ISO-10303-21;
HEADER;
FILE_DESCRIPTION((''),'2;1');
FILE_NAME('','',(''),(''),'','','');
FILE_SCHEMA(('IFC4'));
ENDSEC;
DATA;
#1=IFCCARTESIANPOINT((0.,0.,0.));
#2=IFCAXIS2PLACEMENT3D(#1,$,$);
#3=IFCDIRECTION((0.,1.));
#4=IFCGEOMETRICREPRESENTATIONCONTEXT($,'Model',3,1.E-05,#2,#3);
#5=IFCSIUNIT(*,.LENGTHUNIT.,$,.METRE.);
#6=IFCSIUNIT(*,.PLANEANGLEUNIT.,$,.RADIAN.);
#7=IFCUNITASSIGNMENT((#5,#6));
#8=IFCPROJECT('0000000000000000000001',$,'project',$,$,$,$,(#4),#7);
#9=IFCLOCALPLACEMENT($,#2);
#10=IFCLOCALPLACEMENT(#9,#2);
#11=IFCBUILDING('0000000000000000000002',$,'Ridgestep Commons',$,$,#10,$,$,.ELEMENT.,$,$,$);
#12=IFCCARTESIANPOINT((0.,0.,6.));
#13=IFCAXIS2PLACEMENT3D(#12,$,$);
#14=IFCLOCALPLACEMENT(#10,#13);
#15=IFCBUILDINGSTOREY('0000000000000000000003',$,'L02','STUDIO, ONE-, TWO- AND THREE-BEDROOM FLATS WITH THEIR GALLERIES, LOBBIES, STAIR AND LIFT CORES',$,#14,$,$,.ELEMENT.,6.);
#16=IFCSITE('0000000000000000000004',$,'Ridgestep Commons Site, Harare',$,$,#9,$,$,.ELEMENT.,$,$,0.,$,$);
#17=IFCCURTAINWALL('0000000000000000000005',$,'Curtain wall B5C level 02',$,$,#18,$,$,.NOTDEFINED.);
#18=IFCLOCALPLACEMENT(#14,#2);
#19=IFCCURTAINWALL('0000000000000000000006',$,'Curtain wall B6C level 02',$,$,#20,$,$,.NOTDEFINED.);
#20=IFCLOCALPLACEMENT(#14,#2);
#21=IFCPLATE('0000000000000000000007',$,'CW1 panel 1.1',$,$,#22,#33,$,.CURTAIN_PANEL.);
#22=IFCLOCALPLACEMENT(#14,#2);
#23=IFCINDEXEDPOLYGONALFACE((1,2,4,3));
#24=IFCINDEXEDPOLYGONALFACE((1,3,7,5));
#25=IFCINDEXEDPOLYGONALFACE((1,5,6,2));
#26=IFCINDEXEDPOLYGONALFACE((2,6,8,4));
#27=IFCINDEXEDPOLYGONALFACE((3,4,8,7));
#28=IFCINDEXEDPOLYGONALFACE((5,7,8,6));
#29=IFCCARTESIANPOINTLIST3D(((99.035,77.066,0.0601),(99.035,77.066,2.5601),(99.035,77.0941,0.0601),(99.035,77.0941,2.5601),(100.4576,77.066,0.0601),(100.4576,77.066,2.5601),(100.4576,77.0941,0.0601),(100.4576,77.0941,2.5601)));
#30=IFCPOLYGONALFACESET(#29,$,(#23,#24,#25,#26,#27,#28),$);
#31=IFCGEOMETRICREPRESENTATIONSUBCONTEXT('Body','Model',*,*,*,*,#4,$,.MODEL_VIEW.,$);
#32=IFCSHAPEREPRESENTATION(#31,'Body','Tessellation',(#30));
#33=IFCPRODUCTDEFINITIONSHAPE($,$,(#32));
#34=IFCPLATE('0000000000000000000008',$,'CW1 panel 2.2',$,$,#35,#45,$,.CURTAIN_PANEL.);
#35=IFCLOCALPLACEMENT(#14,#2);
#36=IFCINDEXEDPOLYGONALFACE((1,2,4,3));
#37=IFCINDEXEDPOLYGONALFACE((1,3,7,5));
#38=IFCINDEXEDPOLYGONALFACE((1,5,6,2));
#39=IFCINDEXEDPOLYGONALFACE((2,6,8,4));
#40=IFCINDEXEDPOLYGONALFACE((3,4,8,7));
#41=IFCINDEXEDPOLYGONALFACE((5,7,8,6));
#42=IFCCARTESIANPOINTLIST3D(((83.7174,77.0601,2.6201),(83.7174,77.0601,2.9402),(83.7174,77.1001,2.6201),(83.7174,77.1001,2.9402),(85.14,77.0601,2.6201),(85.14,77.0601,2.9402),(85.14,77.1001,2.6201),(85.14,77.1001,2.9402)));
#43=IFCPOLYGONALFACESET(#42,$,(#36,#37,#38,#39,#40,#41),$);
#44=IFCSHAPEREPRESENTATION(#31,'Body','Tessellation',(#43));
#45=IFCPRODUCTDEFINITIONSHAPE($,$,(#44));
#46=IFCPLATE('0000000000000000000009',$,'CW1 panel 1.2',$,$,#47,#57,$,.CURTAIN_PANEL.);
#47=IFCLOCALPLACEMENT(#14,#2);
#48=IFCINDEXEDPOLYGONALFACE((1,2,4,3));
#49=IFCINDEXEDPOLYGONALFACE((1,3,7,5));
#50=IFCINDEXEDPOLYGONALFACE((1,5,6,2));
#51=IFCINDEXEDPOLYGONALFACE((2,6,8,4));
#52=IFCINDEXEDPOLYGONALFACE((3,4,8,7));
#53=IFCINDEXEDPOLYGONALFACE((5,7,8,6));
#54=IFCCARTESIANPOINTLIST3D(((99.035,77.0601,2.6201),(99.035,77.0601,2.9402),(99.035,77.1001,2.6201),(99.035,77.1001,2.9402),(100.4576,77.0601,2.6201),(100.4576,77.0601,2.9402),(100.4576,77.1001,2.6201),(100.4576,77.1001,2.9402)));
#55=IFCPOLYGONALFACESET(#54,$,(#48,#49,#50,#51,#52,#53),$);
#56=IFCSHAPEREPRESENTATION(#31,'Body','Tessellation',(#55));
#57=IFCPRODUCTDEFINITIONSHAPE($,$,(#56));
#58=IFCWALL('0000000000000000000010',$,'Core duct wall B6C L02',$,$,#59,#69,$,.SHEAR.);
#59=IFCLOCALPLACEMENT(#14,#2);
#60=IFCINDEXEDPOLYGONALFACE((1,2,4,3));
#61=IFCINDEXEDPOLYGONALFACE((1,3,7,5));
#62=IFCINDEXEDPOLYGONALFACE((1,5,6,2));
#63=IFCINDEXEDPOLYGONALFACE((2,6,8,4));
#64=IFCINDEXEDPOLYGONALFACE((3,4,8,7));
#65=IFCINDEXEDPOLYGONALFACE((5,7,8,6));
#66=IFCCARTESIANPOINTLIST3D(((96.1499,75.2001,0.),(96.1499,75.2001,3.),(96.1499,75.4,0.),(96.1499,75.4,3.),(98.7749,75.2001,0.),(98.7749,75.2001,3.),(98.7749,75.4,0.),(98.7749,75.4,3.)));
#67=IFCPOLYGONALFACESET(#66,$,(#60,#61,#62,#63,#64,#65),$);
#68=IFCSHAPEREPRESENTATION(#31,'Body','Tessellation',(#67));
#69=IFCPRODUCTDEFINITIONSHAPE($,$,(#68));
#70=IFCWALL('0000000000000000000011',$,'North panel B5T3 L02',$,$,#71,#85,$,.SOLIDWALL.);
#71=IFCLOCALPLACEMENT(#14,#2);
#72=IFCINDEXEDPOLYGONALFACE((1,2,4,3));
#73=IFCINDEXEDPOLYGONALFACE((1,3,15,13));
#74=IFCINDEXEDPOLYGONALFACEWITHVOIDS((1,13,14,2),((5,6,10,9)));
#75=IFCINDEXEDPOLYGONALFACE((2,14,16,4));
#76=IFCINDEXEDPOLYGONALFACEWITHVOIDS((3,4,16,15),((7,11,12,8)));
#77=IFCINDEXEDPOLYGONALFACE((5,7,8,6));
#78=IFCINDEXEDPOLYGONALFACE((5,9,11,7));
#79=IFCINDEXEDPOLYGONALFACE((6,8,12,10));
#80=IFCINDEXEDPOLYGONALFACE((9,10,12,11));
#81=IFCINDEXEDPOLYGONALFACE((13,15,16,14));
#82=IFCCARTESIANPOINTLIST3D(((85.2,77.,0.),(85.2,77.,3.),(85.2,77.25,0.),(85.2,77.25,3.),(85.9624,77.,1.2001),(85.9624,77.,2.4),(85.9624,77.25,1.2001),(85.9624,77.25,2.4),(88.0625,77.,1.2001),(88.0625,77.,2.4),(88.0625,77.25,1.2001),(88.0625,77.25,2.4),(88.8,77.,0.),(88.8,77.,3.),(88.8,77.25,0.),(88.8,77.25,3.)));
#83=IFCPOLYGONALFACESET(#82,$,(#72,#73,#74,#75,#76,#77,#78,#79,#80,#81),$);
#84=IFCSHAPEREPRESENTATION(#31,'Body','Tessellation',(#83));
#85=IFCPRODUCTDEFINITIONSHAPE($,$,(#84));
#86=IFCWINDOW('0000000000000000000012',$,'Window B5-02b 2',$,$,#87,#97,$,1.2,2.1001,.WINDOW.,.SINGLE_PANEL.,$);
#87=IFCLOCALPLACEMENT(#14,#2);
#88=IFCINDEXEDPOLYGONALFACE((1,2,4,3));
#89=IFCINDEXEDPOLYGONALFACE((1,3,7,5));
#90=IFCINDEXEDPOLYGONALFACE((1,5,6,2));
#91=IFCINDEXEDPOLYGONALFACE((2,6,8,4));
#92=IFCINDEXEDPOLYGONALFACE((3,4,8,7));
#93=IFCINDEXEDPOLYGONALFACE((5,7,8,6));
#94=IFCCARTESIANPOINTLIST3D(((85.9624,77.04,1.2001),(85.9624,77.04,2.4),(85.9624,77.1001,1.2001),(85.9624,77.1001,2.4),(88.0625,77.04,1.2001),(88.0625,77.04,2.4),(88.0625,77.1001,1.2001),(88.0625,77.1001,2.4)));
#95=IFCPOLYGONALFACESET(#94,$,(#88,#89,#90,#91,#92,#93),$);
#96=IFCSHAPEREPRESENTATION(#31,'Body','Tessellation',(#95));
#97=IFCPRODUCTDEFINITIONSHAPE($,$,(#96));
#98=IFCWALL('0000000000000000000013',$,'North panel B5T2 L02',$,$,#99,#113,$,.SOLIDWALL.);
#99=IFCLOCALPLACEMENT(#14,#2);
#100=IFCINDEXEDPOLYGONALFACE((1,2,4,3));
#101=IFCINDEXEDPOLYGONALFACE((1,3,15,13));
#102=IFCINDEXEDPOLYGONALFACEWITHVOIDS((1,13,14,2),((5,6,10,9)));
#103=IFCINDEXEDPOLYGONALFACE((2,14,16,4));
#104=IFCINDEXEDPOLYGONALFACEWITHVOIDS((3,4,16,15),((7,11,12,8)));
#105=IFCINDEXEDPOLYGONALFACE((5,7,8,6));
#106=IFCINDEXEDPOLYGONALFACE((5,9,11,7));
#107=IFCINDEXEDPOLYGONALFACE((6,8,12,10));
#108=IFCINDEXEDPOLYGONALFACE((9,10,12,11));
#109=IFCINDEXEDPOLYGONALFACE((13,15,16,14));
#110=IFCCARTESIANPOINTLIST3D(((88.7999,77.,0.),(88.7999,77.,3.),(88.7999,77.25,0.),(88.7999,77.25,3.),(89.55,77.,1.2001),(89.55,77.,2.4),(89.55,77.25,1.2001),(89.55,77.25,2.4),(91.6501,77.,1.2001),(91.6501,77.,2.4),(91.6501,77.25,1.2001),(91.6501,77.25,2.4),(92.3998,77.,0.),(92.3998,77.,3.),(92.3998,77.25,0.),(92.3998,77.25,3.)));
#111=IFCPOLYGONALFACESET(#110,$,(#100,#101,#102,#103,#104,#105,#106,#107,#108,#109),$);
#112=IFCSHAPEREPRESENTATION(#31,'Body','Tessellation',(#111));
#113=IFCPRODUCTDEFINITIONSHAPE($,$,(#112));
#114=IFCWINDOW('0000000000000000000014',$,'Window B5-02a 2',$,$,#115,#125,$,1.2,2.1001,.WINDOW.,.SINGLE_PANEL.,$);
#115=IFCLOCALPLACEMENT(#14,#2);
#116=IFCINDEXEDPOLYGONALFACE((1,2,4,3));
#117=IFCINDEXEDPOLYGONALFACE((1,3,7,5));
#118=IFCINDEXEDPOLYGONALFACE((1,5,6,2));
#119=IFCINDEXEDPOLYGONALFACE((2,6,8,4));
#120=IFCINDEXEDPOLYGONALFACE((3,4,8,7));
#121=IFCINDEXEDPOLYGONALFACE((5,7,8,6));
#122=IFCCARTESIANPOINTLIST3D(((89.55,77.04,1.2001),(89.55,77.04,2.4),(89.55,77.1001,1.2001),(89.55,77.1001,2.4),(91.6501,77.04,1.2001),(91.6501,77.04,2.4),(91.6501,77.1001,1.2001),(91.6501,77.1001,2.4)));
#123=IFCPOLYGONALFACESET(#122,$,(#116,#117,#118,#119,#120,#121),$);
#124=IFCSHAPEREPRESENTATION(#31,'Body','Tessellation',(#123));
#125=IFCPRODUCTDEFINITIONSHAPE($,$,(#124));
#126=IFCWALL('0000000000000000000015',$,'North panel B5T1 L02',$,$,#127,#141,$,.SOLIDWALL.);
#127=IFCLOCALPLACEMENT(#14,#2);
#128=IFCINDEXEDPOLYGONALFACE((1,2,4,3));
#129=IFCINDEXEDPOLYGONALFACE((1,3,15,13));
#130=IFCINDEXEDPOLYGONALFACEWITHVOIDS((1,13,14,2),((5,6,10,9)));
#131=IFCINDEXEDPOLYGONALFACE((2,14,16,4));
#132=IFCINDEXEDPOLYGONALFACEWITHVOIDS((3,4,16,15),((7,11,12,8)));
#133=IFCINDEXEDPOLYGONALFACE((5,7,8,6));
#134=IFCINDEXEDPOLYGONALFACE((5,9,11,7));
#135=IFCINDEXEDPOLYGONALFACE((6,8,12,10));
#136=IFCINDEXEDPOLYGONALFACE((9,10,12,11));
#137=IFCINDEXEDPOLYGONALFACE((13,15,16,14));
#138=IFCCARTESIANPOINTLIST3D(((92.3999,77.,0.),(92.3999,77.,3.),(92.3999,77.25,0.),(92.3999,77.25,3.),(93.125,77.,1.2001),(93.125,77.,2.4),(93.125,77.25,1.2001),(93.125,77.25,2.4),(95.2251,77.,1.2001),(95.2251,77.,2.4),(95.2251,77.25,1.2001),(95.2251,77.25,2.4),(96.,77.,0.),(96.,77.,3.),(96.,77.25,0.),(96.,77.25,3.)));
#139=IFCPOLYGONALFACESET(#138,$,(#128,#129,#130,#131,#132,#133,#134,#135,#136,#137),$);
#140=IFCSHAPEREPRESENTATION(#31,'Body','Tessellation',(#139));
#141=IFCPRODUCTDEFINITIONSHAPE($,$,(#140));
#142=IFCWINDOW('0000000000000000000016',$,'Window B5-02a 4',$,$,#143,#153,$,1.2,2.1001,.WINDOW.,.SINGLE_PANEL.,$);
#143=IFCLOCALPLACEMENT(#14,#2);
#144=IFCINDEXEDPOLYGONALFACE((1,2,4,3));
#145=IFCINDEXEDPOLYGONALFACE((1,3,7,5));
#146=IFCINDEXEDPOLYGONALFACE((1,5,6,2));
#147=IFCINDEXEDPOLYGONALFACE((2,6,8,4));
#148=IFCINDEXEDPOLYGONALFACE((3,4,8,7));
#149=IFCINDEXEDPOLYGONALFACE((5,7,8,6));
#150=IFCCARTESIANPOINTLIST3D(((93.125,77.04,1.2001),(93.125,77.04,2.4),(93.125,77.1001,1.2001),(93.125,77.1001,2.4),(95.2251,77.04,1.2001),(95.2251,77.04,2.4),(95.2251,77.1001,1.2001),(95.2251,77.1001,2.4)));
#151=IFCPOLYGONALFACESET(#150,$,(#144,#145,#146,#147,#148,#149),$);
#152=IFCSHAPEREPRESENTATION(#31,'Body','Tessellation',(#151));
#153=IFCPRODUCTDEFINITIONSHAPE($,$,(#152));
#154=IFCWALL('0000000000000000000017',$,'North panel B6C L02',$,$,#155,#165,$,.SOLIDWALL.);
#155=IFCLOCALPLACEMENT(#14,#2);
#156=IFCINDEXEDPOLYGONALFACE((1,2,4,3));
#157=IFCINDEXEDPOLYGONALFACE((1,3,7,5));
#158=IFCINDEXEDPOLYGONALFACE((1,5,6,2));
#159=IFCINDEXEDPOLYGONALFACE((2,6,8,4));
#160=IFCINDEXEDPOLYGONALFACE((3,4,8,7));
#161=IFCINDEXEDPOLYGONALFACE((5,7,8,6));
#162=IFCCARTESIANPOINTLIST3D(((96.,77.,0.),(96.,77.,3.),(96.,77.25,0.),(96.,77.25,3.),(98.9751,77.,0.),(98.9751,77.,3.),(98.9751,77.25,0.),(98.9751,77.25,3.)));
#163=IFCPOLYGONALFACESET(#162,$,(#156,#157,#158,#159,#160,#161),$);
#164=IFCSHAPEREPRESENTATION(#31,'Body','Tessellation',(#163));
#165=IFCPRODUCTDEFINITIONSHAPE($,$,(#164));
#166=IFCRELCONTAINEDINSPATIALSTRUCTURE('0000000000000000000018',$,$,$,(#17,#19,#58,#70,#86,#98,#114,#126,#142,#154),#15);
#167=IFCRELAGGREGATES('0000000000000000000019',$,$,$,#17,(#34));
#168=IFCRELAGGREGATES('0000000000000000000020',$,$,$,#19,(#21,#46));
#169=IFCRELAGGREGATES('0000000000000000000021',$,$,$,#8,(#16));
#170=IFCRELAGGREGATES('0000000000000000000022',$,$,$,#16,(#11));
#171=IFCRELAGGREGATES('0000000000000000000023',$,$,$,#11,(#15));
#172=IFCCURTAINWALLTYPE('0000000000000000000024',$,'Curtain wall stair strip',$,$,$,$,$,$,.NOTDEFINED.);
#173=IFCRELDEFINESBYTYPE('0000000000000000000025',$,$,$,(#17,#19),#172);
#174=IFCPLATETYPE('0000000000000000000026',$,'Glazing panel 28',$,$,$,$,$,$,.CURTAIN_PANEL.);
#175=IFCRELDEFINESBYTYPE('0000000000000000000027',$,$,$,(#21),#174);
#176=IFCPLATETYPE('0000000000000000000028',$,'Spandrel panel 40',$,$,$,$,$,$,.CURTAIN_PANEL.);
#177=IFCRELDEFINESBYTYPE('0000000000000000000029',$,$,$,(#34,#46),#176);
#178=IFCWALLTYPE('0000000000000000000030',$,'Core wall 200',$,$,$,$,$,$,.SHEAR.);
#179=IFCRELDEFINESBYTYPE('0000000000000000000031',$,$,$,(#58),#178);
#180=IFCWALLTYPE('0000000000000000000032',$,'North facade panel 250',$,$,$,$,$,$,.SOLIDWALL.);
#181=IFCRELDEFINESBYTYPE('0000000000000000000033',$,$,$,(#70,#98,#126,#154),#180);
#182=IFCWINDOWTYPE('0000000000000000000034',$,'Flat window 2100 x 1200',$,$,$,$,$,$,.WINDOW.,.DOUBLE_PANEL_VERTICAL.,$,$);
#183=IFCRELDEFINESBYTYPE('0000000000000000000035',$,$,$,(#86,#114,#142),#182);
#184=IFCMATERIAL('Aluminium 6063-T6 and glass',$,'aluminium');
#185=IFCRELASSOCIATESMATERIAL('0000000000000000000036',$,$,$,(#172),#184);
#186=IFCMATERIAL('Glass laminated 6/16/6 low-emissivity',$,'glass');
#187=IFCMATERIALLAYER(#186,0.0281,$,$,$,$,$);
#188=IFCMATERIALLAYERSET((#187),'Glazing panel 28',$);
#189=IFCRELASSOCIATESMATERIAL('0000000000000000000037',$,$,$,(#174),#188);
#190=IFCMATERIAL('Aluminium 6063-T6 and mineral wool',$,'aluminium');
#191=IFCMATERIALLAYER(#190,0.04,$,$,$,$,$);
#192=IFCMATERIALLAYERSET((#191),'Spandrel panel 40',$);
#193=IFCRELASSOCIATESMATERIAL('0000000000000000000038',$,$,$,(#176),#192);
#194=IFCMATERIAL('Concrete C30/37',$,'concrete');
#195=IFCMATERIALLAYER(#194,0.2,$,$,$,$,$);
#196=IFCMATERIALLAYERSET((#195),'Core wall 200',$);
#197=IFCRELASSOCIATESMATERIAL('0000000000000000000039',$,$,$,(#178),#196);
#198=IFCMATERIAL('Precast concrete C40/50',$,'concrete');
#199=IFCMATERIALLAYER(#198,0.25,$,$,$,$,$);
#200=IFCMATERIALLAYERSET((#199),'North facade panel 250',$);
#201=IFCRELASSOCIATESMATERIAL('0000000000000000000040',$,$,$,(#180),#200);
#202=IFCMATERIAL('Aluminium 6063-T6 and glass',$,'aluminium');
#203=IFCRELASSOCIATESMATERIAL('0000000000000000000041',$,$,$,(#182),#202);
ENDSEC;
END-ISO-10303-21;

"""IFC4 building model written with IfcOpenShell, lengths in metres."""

from ifc_helpers import new_model, si_unit, direction, frame, frame_2d, origin, origin_2d, place, context, subcontext, project, spatial, rectangle, extrude, material, layer, layer_set, type_object, element, fill, aggregate, save


model = new_model("IFC4")

# Units and contexts
model_context = context("Model", 3, precision=1e-05, world=origin(), true_north=direction((0.0, 1.0)))
body_context = subcontext(model_context, "Body", "Model", "MODEL_VIEW")
ifc_project = project(units=[si_unit("LENGTHUNIT", "METRE"), si_unit("PLANEANGLEUNIT", "RADIAN")], contexts=[model_context])

# Site, building, storey
site_placement = place(None, origin())
site = spatial("IfcSite", under=ifc_project, at=site_placement, Name="Ridgestep Commons Site, Harare", CompositionType="ELEMENT", RefElevation=0.0)
building_placement = place(site_placement, origin())
building = spatial("IfcBuilding", under=site, at=building_placement, Name="Ridgestep Commons", CompositionType="ELEMENT")
storey_placement = place(building_placement, frame((0.0, 0.0, 6.0)))
storey = spatial("IfcBuildingStorey", under=building, at=storey_placement, Name="L02", Description="STUDIO, ONE-, TWO- AND THREE-BEDROOM FLATS WITH THEIR GALLERIES, LOBBIES, STAIR AND LIFT CORES", CompositionType="ELEMENT", Elevation=6.0)

# Curtain walls
ifc_material_1 = material(Name="Aluminium 6063-T6 and glass", Category="aluminium")
curtain_wall_type = type_object("IfcCurtainWallType", Name="Curtain wall stair strip", PredefinedType="NOTDEFINED", material=ifc_material_1)
curtain_wall_1_placement = place(storey_placement, origin())
curtain_wall_1 = element("IfcCurtainWall", 1, at=curtain_wall_1_placement, inside=storey, type_object=curtain_wall_type, Name="Curtain wall B5C level 02", PredefinedType="NOTDEFINED")
curtain_wall_2_placement = place(storey_placement, origin())
curtain_wall_2 = element("IfcCurtainWall", 2, at=curtain_wall_2_placement, inside=storey, type_object=curtain_wall_type, Name="Curtain wall B6C level 02", PredefinedType="NOTDEFINED")

# Plates
ifc_material_2 = material(Name="Glass laminated 6/16/6 low-emissivity", Category="glass")
ifc_layer_1 = layer(ifc_material_2, 0.0281)
ifc_layer_set_1 = layer_set([ifc_layer_1], Name="Glazing panel 28")
plate_type_1 = type_object("IfcPlateType", Name="Glazing panel 28", PredefinedType="CURTAIN_PANEL", material=ifc_layer_set_1)
plate_1_placement = place(storey_placement, frame((99.7463, 77.0801, 0.0601), z_axis=(0.0, 0.0, 1.0), x_axis=(1.0, 0.0, 0.0)))
plate_1 = element("IfcPlate", 3, at=plate_1_placement, type_object=plate_type_1, Name="CW1 panel 1.1", PredefinedType="CURTAIN_PANEL", context=body_context, shape_type="SweptSolid", body=[
    extrude(rectangle(XDim=1.4226, YDim=0.0281, at=origin_2d()), origin(), (0.0, 0.0, 1.0), 2.5),
])
ifc_material_3 = material(Name="Aluminium 6063-T6 and mineral wool", Category="aluminium")
ifc_layer_2 = layer(ifc_material_3, 0.04)
ifc_layer_set_2 = layer_set([ifc_layer_2], Name="Spandrel panel 40")
plate_type_2 = type_object("IfcPlateType", Name="Spandrel panel 40", PredefinedType="CURTAIN_PANEL", material=ifc_layer_set_2)
plate_2_placement = place(storey_placement, frame((84.4287, 77.0801, 2.6201), z_axis=(0.0, 0.0, 1.0), x_axis=(1.0, 0.0, 0.0)))
plate_2 = element("IfcPlate", 4, at=plate_2_placement, type_object=plate_type_2, Name="CW1 panel 2.2", PredefinedType="CURTAIN_PANEL", context=body_context, shape_type="SweptSolid", body=[
    extrude(rectangle(XDim=1.4226, YDim=0.04, at=origin_2d()), origin(), (0.0, 0.0, 1.0), 0.3201),
])
aggregate(curtain_wall_1, [plate_2])
plate_3_placement = place(storey_placement, frame((99.7463, 77.0801, 2.6201), z_axis=(0.0, 0.0, 1.0), x_axis=(1.0, 0.0, 0.0)))
plate_3 = element("IfcPlate", 5, at=plate_3_placement, type_object=plate_type_2, Name="CW1 panel 1.2", PredefinedType="CURTAIN_PANEL", context=body_context, shape_type="SweptSolid", body=[
    extrude(rectangle(XDim=1.4226, YDim=0.04, at=origin_2d()), origin(), (0.0, 0.0, 1.0), 0.3201),
])
aggregate(curtain_wall_2, [plate_1, plate_3])

# Wall
ifc_material_4 = material(Name="Concrete C30/37", Category="concrete")
ifc_layer_3 = layer(ifc_material_4, 0.2)
ifc_layer_set_3 = layer_set([ifc_layer_3], Name="Core wall 200")
wall_type_1 = type_object("IfcWallType", Name="Core wall 200", PredefinedType="SHEAR", material=ifc_layer_set_3)
wall_1_placement = place(storey_placement, frame((96.1499, 75.3, 0.0), z_axis=(0.0, 0.0, 1.0), x_axis=(1.0, 0.0, 0.0)))
element("IfcWall", 6, at=wall_1_placement, inside=storey, type_object=wall_type_1, Name="Core duct wall B6C L02", PredefinedType="SHEAR", context=body_context, shape_type="SweptSolid", body=[
    extrude(rectangle(XDim=2.625, YDim=0.2, at=frame_2d((1.3125, 0.0))), origin(), (0.0, 0.0, 1.0), 3.0),
])

# Walls, openings, windows
ifc_material_5 = material(Name="Precast concrete C40/50", Category="concrete")
ifc_layer_4 = layer(ifc_material_5, 0.25)
ifc_layer_set_4 = layer_set([ifc_layer_4], Name="North facade panel 250")
wall_type_2 = type_object("IfcWallType", Name="North facade panel 250", PredefinedType="SOLIDWALL", material=ifc_layer_set_4)
wall_2_placement = place(storey_placement, frame((85.2, 77.125, 0.0), z_axis=(0.0, 0.0, 1.0), x_axis=(1.0, 0.0, 0.0)))
wall_2 = element("IfcWall", 7, at=wall_2_placement, inside=storey, type_object=wall_type_2, Name="North panel B5T3 L02", PredefinedType="SOLIDWALL", context=body_context, shape_type="SweptSolid", body=[
    extrude(rectangle(XDim=3.6001, YDim=0.25, at=frame_2d((1.8, 0.0))), origin(), (0.0, 0.0, 1.0), 3.0),
])
opening_1_placement = place(wall_2_placement, frame((0.7625, 0.0, 1.2)))
opening_1 = element("IfcOpeningElement", 8, at=opening_1_placement, cuts=wall_2, PredefinedType="OPENING", context=body_context, shape_type="SweptSolid", body=[
    extrude(rectangle(XDim=2.1001, YDim=1.2, at=frame_2d((1.05, 0.6001))), frame((0.0, 0.135, 0.0), z_axis=(0.0, -1.0, 0.0), x_axis=(1.0, 0.0, 0.0)), (0.0, 0.0, 1.0), 0.27),
])
ifc_material_6 = material(Name="Aluminium 6063-T6 and glass", Category="aluminium")
window_type = type_object("IfcWindowType", Name="Flat window 2100 x 1200", PartitioningType="DOUBLE_PANEL_VERTICAL", PredefinedType="WINDOW", material=ifc_material_6)
window_1_placement = place(opening_1_placement, origin())
window_1 = element("IfcWindow", 9, at=window_1_placement, inside=storey, type_object=window_type, Name="Window B5-02b 2", OverallHeight=1.2, OverallWidth=2.1001, PartitioningType="SINGLE_PANEL", PredefinedType="WINDOW", context=body_context, shape_type="SweptSolid", body=[
    extrude(rectangle(XDim=2.1001, YDim=1.2, at=frame_2d((1.05, 0.6001))), frame((0.0, -0.0249, 0.0), z_axis=(0.0, -1.0, 0.0), x_axis=(1.0, 0.0, 0.0)), (0.0, 0.0, 1.0), 0.0601),
])
fill(opening_1, window_1)
wall_3_placement = place(storey_placement, frame((88.8, 77.125, 0.0), z_axis=(0.0, 0.0, 1.0), x_axis=(1.0, 0.0, 0.0)))
wall_3 = element("IfcWall", 10, at=wall_3_placement, inside=storey, type_object=wall_type_2, Name="North panel B5T2 L02", PredefinedType="SOLIDWALL", context=body_context, shape_type="SweptSolid", body=[
    extrude(rectangle(XDim=3.5999, YDim=0.25, at=frame_2d((1.7998, 0.0))), origin(), (0.0, 0.0, 1.0), 3.0),
])
opening_2_placement = place(wall_3_placement, frame((0.75, 0.0, 1.2)))
opening_2 = element("IfcOpeningElement", 11, at=opening_2_placement, cuts=wall_3, PredefinedType="OPENING", context=body_context, shape_type="SweptSolid", body=[
    extrude(rectangle(XDim=2.1001, YDim=1.2, at=frame_2d((1.05, 0.6001))), frame((0.0, 0.135, 0.0), z_axis=(0.0, -1.0, 0.0), x_axis=(1.0, 0.0, 0.0)), (0.0, 0.0, 1.0), 0.27),
])
window_2_placement = place(opening_2_placement, origin())
window_2 = element("IfcWindow", 12, at=window_2_placement, inside=storey, type_object=window_type, Name="Window B5-02a 2", OverallHeight=1.2, OverallWidth=2.1001, PartitioningType="SINGLE_PANEL", PredefinedType="WINDOW", context=body_context, shape_type="SweptSolid", body=[
    extrude(rectangle(XDim=2.1001, YDim=1.2, at=frame_2d((1.05, 0.6001))), frame((0.0, -0.0249, 0.0), z_axis=(0.0, -1.0, 0.0), x_axis=(1.0, 0.0, 0.0)), (0.0, 0.0, 1.0), 0.0601),
])
fill(opening_2, window_2)
wall_4_placement = place(storey_placement, frame((92.3999, 77.125, 0.0), z_axis=(0.0, 0.0, 1.0), x_axis=(1.0, 0.0, 0.0)))
wall_4 = element("IfcWall", 13, at=wall_4_placement, inside=storey, type_object=wall_type_2, Name="North panel B5T1 L02", PredefinedType="SOLIDWALL", context=body_context, shape_type="SweptSolid", body=[
    extrude(rectangle(XDim=3.6001, YDim=0.25, at=frame_2d((1.8, 0.0))), origin(), (0.0, 0.0, 1.0), 3.0),
])
opening_3_placement = place(wall_4_placement, frame((0.7251, 0.0, 1.2)))
opening_3 = element("IfcOpeningElement", 14, at=opening_3_placement, cuts=wall_4, PredefinedType="OPENING", context=body_context, shape_type="SweptSolid", body=[
    extrude(rectangle(XDim=2.1001, YDim=1.2, at=frame_2d((1.05, 0.6001))), frame((0.0, 0.135, 0.0), z_axis=(0.0, -1.0, 0.0), x_axis=(1.0, 0.0, 0.0)), (0.0, 0.0, 1.0), 0.27),
])
window_3_placement = place(opening_3_placement, origin())
window_3 = element("IfcWindow", 15, at=window_3_placement, inside=storey, type_object=window_type, Name="Window B5-02a 4", OverallHeight=1.2, OverallWidth=2.1001, PartitioningType="SINGLE_PANEL", PredefinedType="WINDOW", context=body_context, shape_type="SweptSolid", body=[
    extrude(rectangle(XDim=2.1001, YDim=1.2, at=frame_2d((1.05, 0.6001))), frame((0.0, -0.0249, 0.0), z_axis=(0.0, -1.0, 0.0), x_axis=(1.0, 0.0, 0.0)), (0.0, 0.0, 1.0), 0.0601),
])
fill(opening_3, window_3)

# Wall
wall_5_placement = place(storey_placement, frame((96.0, 77.125, 0.0), z_axis=(0.0, 0.0, 1.0), x_axis=(1.0, 0.0, 0.0)))
element("IfcWall", 16, at=wall_5_placement, inside=storey, type_object=wall_type_2, Name="North panel B6C L02", PredefinedType="SOLIDWALL", context=body_context, shape_type="SweptSolid", body=[
    extrude(rectangle(XDim=2.9751, YDim=0.25, at=frame_2d((1.4875, 0.0))), origin(), (0.0, 0.0, 1.0), 3.0),
])

save(model, "model.ifc")
